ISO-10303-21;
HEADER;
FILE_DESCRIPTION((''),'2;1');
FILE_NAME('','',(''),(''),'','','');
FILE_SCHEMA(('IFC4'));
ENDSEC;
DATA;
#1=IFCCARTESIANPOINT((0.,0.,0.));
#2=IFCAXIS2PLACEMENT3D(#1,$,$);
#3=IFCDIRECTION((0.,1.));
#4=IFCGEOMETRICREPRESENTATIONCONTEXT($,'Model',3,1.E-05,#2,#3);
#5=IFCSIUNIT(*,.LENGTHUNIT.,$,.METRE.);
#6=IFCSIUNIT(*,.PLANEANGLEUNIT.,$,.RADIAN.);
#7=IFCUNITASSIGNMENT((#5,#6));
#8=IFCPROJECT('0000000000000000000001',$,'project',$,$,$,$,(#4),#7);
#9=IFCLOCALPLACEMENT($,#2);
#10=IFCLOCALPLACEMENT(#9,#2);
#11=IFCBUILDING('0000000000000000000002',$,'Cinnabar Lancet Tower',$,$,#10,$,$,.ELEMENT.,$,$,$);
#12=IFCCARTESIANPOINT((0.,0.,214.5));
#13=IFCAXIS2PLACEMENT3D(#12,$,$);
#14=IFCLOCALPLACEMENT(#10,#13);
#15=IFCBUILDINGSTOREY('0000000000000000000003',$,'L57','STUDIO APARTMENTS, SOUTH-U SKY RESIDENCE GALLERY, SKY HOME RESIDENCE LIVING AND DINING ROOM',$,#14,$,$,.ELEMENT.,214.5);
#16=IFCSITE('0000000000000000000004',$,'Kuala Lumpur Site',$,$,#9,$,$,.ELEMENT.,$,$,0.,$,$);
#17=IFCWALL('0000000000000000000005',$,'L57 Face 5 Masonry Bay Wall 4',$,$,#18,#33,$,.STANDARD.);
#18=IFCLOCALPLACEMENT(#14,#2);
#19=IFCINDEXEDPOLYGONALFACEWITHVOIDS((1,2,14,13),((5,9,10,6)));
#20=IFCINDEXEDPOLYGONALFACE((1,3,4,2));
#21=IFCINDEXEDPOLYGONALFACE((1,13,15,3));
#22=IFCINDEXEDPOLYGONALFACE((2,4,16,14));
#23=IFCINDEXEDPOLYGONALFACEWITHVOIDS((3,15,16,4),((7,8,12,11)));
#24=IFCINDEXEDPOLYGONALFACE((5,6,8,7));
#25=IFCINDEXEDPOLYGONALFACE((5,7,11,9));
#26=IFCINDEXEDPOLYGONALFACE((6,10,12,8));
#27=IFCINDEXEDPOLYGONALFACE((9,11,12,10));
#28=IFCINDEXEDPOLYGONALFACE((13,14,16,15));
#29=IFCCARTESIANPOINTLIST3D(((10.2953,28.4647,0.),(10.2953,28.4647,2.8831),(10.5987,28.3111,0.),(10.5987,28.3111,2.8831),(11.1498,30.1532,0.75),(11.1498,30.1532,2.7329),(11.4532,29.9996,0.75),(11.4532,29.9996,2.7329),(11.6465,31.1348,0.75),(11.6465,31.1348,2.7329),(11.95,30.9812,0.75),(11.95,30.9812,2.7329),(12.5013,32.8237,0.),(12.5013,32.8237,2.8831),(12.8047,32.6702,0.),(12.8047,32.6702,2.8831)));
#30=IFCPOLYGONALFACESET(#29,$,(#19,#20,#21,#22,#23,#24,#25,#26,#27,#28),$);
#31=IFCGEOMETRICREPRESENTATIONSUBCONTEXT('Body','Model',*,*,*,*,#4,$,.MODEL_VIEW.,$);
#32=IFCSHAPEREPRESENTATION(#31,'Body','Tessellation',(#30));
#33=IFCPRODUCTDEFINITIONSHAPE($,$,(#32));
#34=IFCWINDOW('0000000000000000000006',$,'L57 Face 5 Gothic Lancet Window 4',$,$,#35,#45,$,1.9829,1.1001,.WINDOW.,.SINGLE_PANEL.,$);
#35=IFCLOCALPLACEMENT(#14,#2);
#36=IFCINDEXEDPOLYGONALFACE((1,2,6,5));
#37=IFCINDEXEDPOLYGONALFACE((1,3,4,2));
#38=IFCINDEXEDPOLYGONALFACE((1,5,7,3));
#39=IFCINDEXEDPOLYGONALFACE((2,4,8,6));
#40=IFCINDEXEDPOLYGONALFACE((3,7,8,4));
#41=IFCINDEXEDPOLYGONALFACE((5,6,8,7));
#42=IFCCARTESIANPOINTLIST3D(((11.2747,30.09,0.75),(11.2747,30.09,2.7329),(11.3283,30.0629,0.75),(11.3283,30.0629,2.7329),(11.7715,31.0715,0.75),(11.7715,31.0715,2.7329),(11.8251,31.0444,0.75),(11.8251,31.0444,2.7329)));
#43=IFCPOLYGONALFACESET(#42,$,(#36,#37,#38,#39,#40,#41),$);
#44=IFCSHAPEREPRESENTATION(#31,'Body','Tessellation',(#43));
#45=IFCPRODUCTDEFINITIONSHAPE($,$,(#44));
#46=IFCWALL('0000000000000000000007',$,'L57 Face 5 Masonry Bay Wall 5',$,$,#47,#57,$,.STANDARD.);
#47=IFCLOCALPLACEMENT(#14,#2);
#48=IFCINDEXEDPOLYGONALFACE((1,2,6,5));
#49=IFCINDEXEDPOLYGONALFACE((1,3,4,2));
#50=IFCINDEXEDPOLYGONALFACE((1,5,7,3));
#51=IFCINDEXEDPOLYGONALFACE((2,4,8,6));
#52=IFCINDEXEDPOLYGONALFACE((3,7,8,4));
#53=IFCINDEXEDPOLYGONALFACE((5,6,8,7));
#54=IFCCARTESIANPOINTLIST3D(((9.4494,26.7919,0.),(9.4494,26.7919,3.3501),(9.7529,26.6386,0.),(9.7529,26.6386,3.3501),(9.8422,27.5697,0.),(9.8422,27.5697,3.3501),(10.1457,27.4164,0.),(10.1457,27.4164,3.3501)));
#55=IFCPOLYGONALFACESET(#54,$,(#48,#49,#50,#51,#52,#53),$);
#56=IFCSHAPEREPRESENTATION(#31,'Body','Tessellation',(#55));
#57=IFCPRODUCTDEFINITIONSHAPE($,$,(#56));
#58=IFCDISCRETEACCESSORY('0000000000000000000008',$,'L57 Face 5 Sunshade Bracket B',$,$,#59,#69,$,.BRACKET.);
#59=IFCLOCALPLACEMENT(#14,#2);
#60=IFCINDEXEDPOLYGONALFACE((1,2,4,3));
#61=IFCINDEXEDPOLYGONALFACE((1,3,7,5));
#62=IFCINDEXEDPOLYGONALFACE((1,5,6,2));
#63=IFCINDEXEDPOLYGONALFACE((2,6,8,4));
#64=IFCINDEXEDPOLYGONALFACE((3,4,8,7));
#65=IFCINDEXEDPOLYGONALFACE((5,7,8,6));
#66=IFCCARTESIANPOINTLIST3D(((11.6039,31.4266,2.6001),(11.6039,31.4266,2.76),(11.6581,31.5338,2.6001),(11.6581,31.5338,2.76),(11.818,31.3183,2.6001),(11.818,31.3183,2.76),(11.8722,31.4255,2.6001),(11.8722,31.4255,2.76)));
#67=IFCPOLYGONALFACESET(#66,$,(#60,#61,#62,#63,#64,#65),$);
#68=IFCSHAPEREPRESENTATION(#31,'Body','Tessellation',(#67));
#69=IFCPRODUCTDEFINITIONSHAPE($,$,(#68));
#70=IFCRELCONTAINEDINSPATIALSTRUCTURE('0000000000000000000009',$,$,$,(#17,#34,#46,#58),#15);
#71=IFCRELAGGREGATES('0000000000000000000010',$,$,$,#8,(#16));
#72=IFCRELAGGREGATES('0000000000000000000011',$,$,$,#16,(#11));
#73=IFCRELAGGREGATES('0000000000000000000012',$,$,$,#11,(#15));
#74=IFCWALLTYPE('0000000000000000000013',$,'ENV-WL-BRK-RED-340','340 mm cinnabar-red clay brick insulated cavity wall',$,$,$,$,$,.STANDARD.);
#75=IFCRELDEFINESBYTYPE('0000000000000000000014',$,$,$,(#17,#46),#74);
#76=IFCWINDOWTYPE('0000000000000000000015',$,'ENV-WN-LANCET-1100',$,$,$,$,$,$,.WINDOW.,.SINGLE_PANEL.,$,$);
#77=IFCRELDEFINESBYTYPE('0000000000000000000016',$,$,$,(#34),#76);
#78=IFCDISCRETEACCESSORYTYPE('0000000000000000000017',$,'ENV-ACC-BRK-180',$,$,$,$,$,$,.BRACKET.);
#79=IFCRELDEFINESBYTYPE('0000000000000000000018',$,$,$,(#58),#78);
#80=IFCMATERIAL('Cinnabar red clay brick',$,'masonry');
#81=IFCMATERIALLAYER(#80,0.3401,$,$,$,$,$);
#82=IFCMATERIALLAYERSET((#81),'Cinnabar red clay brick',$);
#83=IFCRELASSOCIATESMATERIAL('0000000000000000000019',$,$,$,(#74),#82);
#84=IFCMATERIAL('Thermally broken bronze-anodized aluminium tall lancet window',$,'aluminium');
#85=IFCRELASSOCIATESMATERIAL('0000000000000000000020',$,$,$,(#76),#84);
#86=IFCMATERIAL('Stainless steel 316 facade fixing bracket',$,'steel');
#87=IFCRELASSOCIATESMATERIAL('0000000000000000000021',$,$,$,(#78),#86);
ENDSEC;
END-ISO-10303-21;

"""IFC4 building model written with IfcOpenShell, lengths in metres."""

from ifc_helpers import new_model, si_unit, direction, frame, frame_2d, origin, origin_2d, place, context, subcontext, project, spatial, rectangle, extrude, material, layer, layer_set, type_object, element, fill, save


model = new_model("IFC4")

# Units and contexts
model_context = context("Model", 3, precision=1e-05, world=origin(), true_north=direction((0.0, 1.0)))
body_context = subcontext(model_context, "Body", "Model", "MODEL_VIEW")
ifc_project = project(units=[si_unit("LENGTHUNIT", "METRE"), si_unit("PLANEANGLEUNIT", "RADIAN")], contexts=[model_context])

# Site, building, storey
site_placement = place(None, origin())
site = spatial("IfcSite", under=ifc_project, at=site_placement, Name="Kuala Lumpur Site", CompositionType="ELEMENT", RefElevation=0.0)
building_placement = place(site_placement, origin())
building = spatial("IfcBuilding", under=site, at=building_placement, Name="Cinnabar Lancet Tower", CompositionType="ELEMENT")
storey_placement = place(building_placement, frame((0.0, 0.0, 214.5)))
storey = spatial("IfcBuildingStorey", under=building, at=storey_placement, Name="L57", Description="STUDIO APARTMENTS, SOUTH-U SKY RESIDENCE GALLERY, SKY HOME RESIDENCE LIVING AND DINING ROOM", CompositionType="ELEMENT", Elevation=214.5)

# Shared definitions
ifc_material_1 = material(Name="Cinnabar red clay brick", Category="masonry")
ifc_layer_1 = layer(ifc_material_1, 0.3401)
ifc_layer_set_1 = layer_set([ifc_layer_1], Name="Cinnabar red clay brick")
wall_type_1 = type_object("IfcWallType", Name="ENV-WL-BRK-RED-340", Description="340 mm cinnabar-red clay brick insulated cavity wall", PredefinedType="STANDARD", material=ifc_layer_set_1)

# Wall, opening, window
wall_1_placement = place(storey_placement, frame((12.6531, 32.7471, 0.0), z_axis=(0.0, 0.0, 1.0), x_axis=(-0.451546, -0.892248, 0.0)))
wall_1 = element("IfcWall", 1, at=wall_1_placement, inside=storey, type_object=wall_type_1, Name="L57 Face 5 Masonry Bay Wall 4", PredefinedType="STANDARD", context=body_context, shape_type="SweptSolid", body=[
    extrude(rectangle(XDim=4.8855, YDim=0.3401, at=frame_2d((2.4429, 0.0))), origin(), (0.0, 0.0, 1.0), 2.8831),
])
opening_1_placement = place(wall_1_placement, frame((1.8931, 0.0, 0.75)))
opening_1 = element("IfcOpeningElement", 2, at=opening_1_placement, cuts=wall_1, PredefinedType="OPENING", context=body_context, shape_type="SweptSolid", body=[
    extrude(rectangle(XDim=1.1001, YDim=1.9829, at=frame_2d((0.55, 0.9915))), frame((0.0, 0.1799, 0.0), z_axis=(0.0, -1.0, 0.0), x_axis=(1.0, 0.0, 0.0)), (0.0, 0.0, 1.0), 0.3601),
])
ifc_material_2 = material(Name="Thermally broken bronze-anodized aluminium tall lancet window", Category="aluminium")
window_type = type_object("IfcWindowType", Name="ENV-WN-LANCET-1100", PartitioningType="SINGLE_PANEL", PredefinedType="WINDOW", material=ifc_material_2)
window_placement = place(opening_1_placement, origin())
window = element("IfcWindow", 3, at=window_placement, inside=storey, type_object=window_type, Name="L57 Face 5 Gothic Lancet Window 4", OverallHeight=1.9829, OverallWidth=1.1001, PartitioningType="SINGLE_PANEL", PredefinedType="WINDOW", context=body_context, shape_type="SweptSolid", body=[
    extrude(rectangle(XDim=1.1001, YDim=1.9829, at=frame_2d((0.55, 0.9915))), frame((0.0, 0.03, 0.0), z_axis=(0.0, -1.0, 0.0), x_axis=(1.0, 0.0, 0.0)), (0.0, 0.0, 1.0), 0.0601),
])
fill(opening_1, window)

# Wall
wall_2_placement = place(storey_placement, frame((9.9939, 27.4929, 0.0), z_axis=(0.0, 0.0, 1.0), x_axis=(-0.450796, -0.892627, 0.0)))
element("IfcWall", 4, at=wall_2_placement, inside=storey, type_object=wall_type_1, Name="L57 Face 5 Masonry Bay Wall 5", PredefinedType="STANDARD", context=body_context, shape_type="SweptSolid", body=[
    extrude(rectangle(XDim=0.8713, YDim=0.3401, at=frame_2d((0.4355, 0.0))), origin(), (0.0, 0.0, 1.0), 3.3501),
])

# Discrete accessory
ifc_material_3 = material(Name="Stainless steel 316 facade fixing bracket", Category="steel")
discrete_accessory_type = type_object("IfcDiscreteAccessoryType", Name="ENV-ACC-BRK-180", PredefinedType="BRACKET", material=ifc_material_3)
discrete_accessory_placement = place(storey_placement, frame((11.738, 31.426, 2.6001), z_axis=(0.0, 0.0, 1.0), x_axis=(-0.451407, -0.892318, 0.0)))
element("IfcDiscreteAccessory", 5, at=discrete_accessory_placement, inside=storey, type_object=discrete_accessory_type, Name="L57 Face 5 Sunshade Bracket B", PredefinedType="BRACKET", context=body_context, shape_type="SweptSolid", body=[
    extrude(rectangle(XDim=0.1201, YDim=0.24, at=origin_2d()), origin(), (0.0, 0.0, 1.0), 0.1599),
])

save(model, "model.ifc")
